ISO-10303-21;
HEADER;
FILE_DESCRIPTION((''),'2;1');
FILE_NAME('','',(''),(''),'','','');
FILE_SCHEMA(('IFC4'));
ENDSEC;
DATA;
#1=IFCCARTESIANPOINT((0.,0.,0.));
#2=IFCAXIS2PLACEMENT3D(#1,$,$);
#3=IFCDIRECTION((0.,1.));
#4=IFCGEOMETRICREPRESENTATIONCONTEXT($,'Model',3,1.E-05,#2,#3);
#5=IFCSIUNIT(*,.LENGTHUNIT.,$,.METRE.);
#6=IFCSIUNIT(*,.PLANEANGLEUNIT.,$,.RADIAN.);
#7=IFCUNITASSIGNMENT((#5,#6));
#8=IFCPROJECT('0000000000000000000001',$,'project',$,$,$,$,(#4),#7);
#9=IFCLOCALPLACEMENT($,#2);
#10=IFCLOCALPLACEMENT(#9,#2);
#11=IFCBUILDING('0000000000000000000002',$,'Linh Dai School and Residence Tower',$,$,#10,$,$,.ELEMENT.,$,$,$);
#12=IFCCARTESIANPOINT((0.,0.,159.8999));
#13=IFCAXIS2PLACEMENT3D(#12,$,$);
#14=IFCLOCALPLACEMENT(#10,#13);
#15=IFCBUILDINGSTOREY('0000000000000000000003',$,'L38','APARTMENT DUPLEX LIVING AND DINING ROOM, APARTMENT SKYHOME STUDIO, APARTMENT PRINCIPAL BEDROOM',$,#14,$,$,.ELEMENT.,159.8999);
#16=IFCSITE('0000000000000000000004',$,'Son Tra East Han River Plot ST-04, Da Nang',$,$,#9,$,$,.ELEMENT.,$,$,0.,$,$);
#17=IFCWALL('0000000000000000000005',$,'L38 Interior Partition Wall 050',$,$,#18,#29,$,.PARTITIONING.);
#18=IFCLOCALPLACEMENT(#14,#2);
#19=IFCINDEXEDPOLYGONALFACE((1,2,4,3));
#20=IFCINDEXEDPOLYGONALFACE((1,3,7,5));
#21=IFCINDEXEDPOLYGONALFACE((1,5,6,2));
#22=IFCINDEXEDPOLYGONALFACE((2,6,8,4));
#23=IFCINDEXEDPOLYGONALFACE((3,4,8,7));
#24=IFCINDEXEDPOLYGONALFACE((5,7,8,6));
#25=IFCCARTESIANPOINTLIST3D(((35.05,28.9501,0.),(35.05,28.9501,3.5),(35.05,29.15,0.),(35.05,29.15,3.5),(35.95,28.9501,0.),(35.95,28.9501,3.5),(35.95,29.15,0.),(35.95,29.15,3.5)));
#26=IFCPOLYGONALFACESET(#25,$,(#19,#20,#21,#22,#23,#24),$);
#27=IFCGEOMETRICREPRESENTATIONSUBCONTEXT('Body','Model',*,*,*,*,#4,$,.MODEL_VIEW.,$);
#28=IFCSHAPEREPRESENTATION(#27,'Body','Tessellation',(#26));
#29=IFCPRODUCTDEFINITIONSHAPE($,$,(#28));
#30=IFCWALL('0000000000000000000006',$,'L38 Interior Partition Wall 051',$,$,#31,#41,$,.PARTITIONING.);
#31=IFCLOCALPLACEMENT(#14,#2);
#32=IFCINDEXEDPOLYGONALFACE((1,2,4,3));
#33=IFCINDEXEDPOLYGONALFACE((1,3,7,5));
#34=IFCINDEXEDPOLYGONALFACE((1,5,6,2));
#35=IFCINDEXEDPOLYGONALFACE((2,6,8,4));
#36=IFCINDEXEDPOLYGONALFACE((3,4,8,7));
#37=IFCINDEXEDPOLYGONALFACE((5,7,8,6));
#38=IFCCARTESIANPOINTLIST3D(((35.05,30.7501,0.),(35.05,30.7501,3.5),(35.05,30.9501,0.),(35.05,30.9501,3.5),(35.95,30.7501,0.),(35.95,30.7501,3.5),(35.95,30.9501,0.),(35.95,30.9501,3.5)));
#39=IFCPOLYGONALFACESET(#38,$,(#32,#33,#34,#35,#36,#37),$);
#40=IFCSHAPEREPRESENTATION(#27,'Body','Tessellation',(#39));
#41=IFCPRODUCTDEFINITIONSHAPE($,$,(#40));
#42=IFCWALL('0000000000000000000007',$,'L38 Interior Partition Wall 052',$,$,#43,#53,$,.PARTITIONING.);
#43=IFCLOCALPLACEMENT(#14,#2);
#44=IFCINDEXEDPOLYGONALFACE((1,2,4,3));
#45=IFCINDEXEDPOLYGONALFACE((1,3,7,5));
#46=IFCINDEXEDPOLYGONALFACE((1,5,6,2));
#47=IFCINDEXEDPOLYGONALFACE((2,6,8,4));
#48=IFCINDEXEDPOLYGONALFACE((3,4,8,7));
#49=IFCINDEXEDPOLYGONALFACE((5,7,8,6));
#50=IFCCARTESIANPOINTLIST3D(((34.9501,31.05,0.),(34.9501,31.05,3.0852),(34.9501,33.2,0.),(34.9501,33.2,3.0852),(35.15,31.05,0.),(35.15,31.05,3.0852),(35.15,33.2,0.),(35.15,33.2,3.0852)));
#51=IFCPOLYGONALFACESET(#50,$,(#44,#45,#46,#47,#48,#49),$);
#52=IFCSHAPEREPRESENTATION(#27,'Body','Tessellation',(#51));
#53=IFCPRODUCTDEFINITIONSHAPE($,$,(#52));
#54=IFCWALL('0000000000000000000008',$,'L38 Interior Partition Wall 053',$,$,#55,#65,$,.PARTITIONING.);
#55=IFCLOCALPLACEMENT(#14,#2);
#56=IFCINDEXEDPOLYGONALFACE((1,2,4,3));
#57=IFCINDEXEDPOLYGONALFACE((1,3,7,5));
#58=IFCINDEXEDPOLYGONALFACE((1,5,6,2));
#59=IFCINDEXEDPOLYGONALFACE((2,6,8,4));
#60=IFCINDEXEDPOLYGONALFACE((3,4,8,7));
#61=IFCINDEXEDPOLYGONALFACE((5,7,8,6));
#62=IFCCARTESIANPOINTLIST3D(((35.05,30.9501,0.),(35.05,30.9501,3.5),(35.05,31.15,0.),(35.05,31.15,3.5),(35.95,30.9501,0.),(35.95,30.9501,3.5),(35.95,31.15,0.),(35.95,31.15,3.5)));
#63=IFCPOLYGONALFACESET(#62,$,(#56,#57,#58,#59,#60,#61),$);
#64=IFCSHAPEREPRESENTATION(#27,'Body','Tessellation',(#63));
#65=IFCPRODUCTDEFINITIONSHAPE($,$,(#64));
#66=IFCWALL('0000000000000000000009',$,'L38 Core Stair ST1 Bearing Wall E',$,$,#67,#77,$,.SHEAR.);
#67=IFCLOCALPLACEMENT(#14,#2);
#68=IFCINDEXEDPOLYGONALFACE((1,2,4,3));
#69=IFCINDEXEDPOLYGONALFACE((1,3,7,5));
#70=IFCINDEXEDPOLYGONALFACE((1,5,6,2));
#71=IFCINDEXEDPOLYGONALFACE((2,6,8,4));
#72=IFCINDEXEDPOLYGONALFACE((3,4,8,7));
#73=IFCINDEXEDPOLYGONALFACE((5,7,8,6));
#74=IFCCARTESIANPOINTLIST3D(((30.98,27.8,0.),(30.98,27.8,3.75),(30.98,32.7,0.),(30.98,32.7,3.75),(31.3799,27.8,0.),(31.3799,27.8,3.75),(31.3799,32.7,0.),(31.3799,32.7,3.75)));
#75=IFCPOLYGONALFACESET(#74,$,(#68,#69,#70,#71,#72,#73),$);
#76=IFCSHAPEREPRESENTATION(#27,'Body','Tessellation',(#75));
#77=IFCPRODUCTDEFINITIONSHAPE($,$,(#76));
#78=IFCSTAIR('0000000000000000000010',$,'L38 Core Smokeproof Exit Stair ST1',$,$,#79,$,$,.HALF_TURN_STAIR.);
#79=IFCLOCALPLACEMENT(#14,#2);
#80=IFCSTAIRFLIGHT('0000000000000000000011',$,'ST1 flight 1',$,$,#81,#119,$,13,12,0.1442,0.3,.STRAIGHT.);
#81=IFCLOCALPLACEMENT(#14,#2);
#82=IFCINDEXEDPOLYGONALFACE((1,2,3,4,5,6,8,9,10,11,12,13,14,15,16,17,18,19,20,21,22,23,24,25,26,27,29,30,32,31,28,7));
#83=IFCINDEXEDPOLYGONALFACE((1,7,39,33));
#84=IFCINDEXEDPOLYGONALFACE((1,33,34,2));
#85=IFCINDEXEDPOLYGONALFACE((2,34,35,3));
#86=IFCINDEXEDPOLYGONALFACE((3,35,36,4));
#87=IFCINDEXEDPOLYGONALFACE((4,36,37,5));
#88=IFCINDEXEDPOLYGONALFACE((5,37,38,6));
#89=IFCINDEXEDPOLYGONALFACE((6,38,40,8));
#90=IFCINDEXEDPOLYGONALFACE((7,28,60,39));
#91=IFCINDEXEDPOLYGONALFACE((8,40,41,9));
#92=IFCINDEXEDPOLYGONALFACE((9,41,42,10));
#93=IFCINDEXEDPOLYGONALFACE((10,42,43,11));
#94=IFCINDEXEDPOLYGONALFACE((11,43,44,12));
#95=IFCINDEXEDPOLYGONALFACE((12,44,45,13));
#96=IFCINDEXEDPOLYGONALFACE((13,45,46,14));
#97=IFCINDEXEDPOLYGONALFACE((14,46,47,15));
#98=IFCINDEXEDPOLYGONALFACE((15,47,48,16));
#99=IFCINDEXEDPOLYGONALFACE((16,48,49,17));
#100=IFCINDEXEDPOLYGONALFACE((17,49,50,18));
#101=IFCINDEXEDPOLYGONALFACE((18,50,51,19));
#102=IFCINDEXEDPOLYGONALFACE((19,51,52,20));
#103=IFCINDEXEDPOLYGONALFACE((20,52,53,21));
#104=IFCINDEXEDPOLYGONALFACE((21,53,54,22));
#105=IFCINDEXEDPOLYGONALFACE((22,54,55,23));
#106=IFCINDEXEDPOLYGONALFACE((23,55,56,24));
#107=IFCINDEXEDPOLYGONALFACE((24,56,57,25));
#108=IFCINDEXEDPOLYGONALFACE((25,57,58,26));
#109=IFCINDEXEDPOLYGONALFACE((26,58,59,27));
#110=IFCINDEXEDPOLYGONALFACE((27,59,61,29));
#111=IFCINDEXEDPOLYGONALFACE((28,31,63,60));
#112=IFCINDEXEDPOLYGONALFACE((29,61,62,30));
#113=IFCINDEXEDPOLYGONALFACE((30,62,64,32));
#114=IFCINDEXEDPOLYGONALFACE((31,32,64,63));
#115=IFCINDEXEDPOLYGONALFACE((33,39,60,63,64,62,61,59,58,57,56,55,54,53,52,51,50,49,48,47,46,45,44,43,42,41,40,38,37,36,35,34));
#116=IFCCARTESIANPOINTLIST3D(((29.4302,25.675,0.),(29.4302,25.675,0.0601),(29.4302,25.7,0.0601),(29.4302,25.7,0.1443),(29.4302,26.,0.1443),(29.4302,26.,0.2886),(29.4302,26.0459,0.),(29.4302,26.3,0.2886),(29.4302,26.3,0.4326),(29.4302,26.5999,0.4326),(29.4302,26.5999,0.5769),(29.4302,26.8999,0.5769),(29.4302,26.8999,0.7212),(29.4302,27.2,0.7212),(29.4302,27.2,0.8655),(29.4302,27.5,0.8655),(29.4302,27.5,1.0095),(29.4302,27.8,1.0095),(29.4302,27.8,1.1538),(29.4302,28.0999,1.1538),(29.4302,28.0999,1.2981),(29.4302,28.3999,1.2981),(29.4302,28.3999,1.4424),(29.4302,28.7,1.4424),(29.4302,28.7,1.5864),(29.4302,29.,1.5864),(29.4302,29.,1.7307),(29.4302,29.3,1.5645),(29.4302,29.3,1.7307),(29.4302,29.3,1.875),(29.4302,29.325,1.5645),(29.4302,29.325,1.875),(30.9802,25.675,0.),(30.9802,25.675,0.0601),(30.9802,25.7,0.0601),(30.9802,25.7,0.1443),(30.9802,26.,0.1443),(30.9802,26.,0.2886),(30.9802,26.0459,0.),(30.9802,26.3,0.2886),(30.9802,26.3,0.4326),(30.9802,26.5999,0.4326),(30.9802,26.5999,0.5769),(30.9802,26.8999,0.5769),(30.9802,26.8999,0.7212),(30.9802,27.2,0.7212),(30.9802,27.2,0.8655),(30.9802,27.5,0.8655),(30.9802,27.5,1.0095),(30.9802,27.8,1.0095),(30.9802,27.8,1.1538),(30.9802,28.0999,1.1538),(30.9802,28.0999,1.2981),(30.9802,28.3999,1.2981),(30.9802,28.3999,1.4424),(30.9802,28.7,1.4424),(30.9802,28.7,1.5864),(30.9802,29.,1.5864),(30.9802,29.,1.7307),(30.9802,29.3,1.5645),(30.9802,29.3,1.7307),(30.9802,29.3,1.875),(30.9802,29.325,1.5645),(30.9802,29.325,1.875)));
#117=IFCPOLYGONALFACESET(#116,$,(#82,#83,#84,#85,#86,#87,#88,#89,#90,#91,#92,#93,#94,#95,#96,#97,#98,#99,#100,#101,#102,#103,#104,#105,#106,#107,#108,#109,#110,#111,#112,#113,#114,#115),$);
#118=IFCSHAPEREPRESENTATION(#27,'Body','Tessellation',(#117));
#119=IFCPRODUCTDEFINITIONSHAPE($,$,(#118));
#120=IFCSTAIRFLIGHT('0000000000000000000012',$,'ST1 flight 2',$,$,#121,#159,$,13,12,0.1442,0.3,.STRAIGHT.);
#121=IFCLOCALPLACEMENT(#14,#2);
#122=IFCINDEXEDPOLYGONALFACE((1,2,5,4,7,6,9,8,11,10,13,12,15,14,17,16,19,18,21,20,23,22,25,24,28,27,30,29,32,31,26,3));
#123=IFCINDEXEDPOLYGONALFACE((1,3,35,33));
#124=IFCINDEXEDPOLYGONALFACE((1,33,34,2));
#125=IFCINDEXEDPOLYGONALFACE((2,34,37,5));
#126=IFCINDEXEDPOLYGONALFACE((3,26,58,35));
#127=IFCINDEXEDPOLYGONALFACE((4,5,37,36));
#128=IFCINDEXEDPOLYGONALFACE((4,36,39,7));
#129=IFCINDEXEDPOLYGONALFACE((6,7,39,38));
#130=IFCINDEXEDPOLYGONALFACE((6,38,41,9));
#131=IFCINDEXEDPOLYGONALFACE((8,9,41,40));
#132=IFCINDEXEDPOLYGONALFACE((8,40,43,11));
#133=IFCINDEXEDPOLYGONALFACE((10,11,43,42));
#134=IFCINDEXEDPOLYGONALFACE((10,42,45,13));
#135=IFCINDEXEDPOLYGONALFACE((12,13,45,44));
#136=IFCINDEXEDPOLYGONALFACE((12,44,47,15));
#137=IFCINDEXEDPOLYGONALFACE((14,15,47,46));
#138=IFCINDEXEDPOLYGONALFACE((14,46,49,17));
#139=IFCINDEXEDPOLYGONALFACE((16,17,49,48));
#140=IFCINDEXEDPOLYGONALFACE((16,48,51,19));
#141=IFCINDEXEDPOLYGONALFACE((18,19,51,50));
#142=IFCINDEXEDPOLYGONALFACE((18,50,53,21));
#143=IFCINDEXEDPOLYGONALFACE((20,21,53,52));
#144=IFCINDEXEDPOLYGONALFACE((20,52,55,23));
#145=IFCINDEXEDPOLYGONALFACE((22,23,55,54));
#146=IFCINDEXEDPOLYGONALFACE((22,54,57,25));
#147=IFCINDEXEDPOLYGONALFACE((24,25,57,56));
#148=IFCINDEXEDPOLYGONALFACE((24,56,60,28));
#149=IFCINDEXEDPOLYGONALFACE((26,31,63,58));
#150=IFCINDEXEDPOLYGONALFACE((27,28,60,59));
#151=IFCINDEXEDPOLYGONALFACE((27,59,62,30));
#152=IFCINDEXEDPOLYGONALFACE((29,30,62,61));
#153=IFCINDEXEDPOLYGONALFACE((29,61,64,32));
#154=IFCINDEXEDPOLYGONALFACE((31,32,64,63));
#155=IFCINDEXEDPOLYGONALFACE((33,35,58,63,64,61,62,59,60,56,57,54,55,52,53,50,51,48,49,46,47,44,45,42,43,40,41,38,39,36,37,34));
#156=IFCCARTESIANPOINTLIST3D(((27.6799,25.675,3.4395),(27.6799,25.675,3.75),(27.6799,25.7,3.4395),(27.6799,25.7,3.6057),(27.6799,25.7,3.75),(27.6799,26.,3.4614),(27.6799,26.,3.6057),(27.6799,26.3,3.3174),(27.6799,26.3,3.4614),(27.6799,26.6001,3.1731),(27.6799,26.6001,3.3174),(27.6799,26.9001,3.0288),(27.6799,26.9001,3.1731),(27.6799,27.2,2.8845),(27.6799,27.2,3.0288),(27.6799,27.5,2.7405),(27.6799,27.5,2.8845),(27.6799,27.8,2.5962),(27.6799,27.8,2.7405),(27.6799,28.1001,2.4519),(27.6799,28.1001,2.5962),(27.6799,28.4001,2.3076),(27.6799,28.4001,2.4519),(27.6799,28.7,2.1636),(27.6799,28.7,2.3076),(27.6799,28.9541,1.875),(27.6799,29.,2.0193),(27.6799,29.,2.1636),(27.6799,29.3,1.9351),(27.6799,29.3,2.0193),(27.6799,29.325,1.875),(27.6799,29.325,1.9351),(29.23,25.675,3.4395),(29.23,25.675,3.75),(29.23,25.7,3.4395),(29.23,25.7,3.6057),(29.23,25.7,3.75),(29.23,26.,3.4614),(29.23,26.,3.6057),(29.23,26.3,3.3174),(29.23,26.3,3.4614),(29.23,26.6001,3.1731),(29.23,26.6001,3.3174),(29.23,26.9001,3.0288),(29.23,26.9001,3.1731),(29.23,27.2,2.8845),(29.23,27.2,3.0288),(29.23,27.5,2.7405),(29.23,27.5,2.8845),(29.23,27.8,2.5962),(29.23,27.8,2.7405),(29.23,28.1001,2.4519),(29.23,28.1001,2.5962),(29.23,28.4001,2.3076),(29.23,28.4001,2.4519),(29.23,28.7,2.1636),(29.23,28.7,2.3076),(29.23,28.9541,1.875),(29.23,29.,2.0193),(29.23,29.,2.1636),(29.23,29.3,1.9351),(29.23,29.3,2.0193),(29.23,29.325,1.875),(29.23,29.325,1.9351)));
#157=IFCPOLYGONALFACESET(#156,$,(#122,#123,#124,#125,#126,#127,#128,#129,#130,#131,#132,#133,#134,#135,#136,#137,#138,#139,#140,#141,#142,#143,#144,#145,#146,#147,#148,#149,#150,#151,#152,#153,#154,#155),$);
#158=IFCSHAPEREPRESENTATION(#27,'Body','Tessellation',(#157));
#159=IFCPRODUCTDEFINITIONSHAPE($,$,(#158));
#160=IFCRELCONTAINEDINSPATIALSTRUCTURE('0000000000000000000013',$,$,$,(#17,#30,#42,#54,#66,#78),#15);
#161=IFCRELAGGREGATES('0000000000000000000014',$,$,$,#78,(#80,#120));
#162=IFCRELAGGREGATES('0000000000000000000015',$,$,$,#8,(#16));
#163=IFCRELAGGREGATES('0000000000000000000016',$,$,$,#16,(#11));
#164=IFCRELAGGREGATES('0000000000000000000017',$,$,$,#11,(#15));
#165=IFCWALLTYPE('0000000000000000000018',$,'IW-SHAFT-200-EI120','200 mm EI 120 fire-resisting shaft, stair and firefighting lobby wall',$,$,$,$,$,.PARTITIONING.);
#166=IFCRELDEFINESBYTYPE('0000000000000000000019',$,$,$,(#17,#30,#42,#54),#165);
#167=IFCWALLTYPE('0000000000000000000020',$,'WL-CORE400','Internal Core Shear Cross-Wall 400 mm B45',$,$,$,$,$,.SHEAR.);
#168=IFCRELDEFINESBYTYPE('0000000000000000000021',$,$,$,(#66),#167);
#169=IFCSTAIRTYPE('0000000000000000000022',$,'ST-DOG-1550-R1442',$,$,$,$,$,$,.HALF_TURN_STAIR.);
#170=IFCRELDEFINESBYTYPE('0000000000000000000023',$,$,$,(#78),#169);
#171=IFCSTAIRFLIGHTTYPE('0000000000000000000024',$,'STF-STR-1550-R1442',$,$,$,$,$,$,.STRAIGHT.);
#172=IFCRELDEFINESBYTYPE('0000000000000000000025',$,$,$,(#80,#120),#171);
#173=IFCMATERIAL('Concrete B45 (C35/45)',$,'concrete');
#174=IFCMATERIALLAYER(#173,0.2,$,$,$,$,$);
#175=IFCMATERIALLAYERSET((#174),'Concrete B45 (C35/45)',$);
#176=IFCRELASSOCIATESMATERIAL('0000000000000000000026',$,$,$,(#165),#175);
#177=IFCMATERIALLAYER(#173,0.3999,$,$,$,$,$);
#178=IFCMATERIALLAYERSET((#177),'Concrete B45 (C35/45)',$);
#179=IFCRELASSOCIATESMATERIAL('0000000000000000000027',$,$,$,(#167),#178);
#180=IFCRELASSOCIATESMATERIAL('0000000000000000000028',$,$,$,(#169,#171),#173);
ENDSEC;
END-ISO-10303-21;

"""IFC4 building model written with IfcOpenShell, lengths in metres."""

from ifc_helpers import new_model, si_unit, direction, frame, frame_2d, origin, place, context, subcontext, project, spatial, polyline, rectangle, outline, extrude, source, transform, mapped, material, layer, layer_set, type_object, element, aggregate, save


model = new_model("IFC4")

# Units and contexts
model_context = context("Model", 3, precision=1e-05, world=origin(), true_north=direction((0.0, 1.0)))
body_context = subcontext(model_context, "Body", "Model", "MODEL_VIEW")
ifc_project = project(units=[si_unit("LENGTHUNIT", "METRE"), si_unit("PLANEANGLEUNIT", "RADIAN")], contexts=[model_context])

# Site, building, storey
site_placement = place(None, origin())
site = spatial("IfcSite", under=ifc_project, at=site_placement, Name="Son Tra East Han River Plot ST-04, Da Nang", CompositionType="ELEMENT", RefElevation=0.0)
building_placement = place(site_placement, origin())
building = spatial("IfcBuilding", under=site, at=building_placement, Name="Linh Dai School and Residence Tower", CompositionType="ELEMENT")
storey_placement = place(building_placement, frame((0.0, 0.0, 159.8999)))
storey = spatial("IfcBuildingStorey", under=building, at=storey_placement, Name="L38", Description="APARTMENT DUPLEX LIVING AND DINING ROOM, APARTMENT SKYHOME STUDIO, APARTMENT PRINCIPAL BEDROOM", CompositionType="ELEMENT", Elevation=159.8999)

# Shared definitions
ifc_material_1 = material(Name="Concrete B45 (C35/45)", Category="concrete")
ifc_layer_1 = layer(ifc_material_1, 0.2)
ifc_layer_set_1 = layer_set([ifc_layer_1], Name="Concrete B45 (C35/45)")
wall_type_1 = type_object("IfcWallType", Name="IW-SHAFT-200-EI120", Description="200 mm EI 120 fire-resisting shaft, stair and firefighting lobby wall", PredefinedType="PARTITIONING", material=ifc_layer_set_1)

# Walls
for number, where, z_axis, x_axis, name in (
    (1, (35.05, 29.05, 0.0), (0.0, 0.0, 1.0), (1.0, 0.0, 0.0), "L38 Interior Partition Wall 050"),
    (2, (35.05, 30.8501, 0.0), (0.0, 0.0, 1.0), (1.0, 0.0, 0.0), "L38 Interior Partition Wall 051"),
):
    element("IfcWall", number, at=place(storey_placement, frame(where, z_axis=z_axis, x_axis=x_axis)), inside=storey, type_object=wall_type_1, Name=name, PredefinedType="PARTITIONING", context=body_context, shape_type="SweptSolid", body=[
        extrude(rectangle(XDim=0.8999, YDim=0.2, at=frame_2d((0.45, 0.0))), origin(), (0.0, 0.0, 1.0), 3.5),
    ])
wall_1_placement = place(storey_placement, frame((35.05, 31.05, 0.0), z_axis=(0.0, 0.0, 1.0), x_axis=(0.0, 1.0, 0.0)))
element("IfcWall", 3, at=wall_1_placement, inside=storey, type_object=wall_type_1, Name="L38 Interior Partition Wall 052", PredefinedType="PARTITIONING", context=body_context, shape_type="SweptSolid", body=[
    extrude(rectangle(XDim=2.1499, YDim=0.2, at=frame_2d((1.075, 0.0))), origin(), (0.0, 0.0, 1.0), 3.0852),
])
wall_2_placement = place(storey_placement, frame((35.05, 31.05, 0.0), z_axis=(0.0, 0.0, 1.0), x_axis=(1.0, 0.0, 0.0)))
element("IfcWall", 4, at=wall_2_placement, inside=storey, type_object=wall_type_1, Name="L38 Interior Partition Wall 053", PredefinedType="PARTITIONING", context=body_context, shape_type="SweptSolid", body=[
    extrude(rectangle(XDim=0.8999, YDim=0.2, at=frame_2d((0.45, 0.0))), origin(), (0.0, 0.0, 1.0), 3.5),
])
ifc_layer_2 = layer(ifc_material_1, 0.3999)
ifc_layer_set_2 = layer_set([ifc_layer_2], Name="Concrete B45 (C35/45)")
wall_type_2 = type_object("IfcWallType", Name="WL-CORE400", Description="Internal Core Shear Cross-Wall 400 mm B45", PredefinedType="SHEAR", material=ifc_layer_set_2)
wall_3_placement = place(storey_placement, frame((31.1799, 27.8, 0.0), z_axis=(0.0, 0.0, 1.0), x_axis=(0.0, 1.0, 0.0)))
element("IfcWall", 5, at=wall_3_placement, inside=storey, type_object=wall_type_2, Name="L38 Core Stair ST1 Bearing Wall E", PredefinedType="SHEAR", context=body_context, shape_type="SweptSolid", body=[
    extrude(rectangle(XDim=4.8999, YDim=0.3999, at=frame_2d((2.45, 0.0))), origin(), (0.0, 0.0, 1.0), 3.75),
])

# Stair, stair flights
stair_type = type_object("IfcStairType", Name="ST-DOG-1550-R1442", PredefinedType="HALF_TURN_STAIR", material=ifc_material_1)
stair_placement = place(storey_placement, origin())
stair = element("IfcStair", 6, at=stair_placement, inside=storey, type_object=stair_type, Name="L38 Core Smokeproof Exit Stair ST1", PredefinedType="HALF_TURN_STAIR")
stair_flight_type = type_object("IfcStairFlightType", Name="STF-STR-1550-R1442", PredefinedType="STRAIGHT", material=ifc_material_1)
shared_shape_1 = source(origin(), body_context, "Body", "SweptSolid", [
    extrude(outline(polyline([(-0.0249, 0.0), (-0.0249, 0.0601), (0.0, 0.0601), (0.0, 0.1443), (0.3, 0.1443), (0.3, 0.2886), (0.6001, 0.2886), (0.6001, 0.4326), (0.8999, 0.4326), (0.8999, 0.5769), (1.2, 0.5769), (1.2, 0.7212), (1.5, 0.7212), (1.5, 0.8655), (1.8, 0.8655), (1.8, 1.0095), (2.1001, 1.0095), (2.1001, 1.1538), (2.3999, 1.1538), (2.3999, 1.2981), (2.7, 1.2981), (2.7, 1.4424), (3.0, 1.4424), (3.0, 1.5864), (3.3, 1.5864), (3.3, 1.7307), (3.6001, 1.7307), (3.6001, 1.875), (3.625, 1.875), (3.625, 1.5645), (3.6001, 1.5645), (0.3459, 0.0), (-0.0249, 0.0)])), frame((0.0, 0.7749, 0.0), z_axis=(0.0, -1.0, 0.0), x_axis=(1.0, 0.0, 0.0)), (0.0, 0.0, 1.0), 1.55),
])
stair_flight_1_placement = place(storey_placement, frame((30.2051, 25.7, 0.0), z_axis=(0.0, 0.0, 1.0), x_axis=(0.0, 1.0, 0.0)))
stair_flight_1 = element("IfcStairFlight", 7, at=stair_flight_1_placement, type_object=stair_flight_type, Name="ST1 flight 1", NumberOfRisers=13, NumberOfTreads=12, PredefinedType="STRAIGHT", RiserHeight=0.1442, TreadLength=0.3, context=body_context, shape_type="MappedRepresentation", body=[
    mapped(shared_shape_1, transform((0.0, 0.0, 0.0), x_axis=(1.0, 0.0, 0.0), y_axis=(0.0, 1.0, 0.0), z_axis=(0.0, 0.0, 1.0), scale=1.0)),
])
stair_flight_2_placement = place(storey_placement, frame((28.4551, 29.3, 1.875), z_axis=(0.0, 0.0, 1.0), x_axis=(0.0, -1.0, 0.0)))
stair_flight_2 = element("IfcStairFlight", 8, at=stair_flight_2_placement, type_object=stair_flight_type, Name="ST1 flight 2", NumberOfRisers=13, NumberOfTreads=12, PredefinedType="STRAIGHT", RiserHeight=0.1442, TreadLength=0.3, context=body_context, shape_type="MappedRepresentation", body=[
    mapped(shared_shape_1, transform((0.0, 0.0, 0.0), x_axis=(1.0, 0.0, 0.0), y_axis=(0.0, 1.0, 0.0), z_axis=(0.0, 0.0, 1.0), scale=1.0)),
])
aggregate(stair, [stair_flight_1, stair_flight_2])

save(model, "model.ifc")
